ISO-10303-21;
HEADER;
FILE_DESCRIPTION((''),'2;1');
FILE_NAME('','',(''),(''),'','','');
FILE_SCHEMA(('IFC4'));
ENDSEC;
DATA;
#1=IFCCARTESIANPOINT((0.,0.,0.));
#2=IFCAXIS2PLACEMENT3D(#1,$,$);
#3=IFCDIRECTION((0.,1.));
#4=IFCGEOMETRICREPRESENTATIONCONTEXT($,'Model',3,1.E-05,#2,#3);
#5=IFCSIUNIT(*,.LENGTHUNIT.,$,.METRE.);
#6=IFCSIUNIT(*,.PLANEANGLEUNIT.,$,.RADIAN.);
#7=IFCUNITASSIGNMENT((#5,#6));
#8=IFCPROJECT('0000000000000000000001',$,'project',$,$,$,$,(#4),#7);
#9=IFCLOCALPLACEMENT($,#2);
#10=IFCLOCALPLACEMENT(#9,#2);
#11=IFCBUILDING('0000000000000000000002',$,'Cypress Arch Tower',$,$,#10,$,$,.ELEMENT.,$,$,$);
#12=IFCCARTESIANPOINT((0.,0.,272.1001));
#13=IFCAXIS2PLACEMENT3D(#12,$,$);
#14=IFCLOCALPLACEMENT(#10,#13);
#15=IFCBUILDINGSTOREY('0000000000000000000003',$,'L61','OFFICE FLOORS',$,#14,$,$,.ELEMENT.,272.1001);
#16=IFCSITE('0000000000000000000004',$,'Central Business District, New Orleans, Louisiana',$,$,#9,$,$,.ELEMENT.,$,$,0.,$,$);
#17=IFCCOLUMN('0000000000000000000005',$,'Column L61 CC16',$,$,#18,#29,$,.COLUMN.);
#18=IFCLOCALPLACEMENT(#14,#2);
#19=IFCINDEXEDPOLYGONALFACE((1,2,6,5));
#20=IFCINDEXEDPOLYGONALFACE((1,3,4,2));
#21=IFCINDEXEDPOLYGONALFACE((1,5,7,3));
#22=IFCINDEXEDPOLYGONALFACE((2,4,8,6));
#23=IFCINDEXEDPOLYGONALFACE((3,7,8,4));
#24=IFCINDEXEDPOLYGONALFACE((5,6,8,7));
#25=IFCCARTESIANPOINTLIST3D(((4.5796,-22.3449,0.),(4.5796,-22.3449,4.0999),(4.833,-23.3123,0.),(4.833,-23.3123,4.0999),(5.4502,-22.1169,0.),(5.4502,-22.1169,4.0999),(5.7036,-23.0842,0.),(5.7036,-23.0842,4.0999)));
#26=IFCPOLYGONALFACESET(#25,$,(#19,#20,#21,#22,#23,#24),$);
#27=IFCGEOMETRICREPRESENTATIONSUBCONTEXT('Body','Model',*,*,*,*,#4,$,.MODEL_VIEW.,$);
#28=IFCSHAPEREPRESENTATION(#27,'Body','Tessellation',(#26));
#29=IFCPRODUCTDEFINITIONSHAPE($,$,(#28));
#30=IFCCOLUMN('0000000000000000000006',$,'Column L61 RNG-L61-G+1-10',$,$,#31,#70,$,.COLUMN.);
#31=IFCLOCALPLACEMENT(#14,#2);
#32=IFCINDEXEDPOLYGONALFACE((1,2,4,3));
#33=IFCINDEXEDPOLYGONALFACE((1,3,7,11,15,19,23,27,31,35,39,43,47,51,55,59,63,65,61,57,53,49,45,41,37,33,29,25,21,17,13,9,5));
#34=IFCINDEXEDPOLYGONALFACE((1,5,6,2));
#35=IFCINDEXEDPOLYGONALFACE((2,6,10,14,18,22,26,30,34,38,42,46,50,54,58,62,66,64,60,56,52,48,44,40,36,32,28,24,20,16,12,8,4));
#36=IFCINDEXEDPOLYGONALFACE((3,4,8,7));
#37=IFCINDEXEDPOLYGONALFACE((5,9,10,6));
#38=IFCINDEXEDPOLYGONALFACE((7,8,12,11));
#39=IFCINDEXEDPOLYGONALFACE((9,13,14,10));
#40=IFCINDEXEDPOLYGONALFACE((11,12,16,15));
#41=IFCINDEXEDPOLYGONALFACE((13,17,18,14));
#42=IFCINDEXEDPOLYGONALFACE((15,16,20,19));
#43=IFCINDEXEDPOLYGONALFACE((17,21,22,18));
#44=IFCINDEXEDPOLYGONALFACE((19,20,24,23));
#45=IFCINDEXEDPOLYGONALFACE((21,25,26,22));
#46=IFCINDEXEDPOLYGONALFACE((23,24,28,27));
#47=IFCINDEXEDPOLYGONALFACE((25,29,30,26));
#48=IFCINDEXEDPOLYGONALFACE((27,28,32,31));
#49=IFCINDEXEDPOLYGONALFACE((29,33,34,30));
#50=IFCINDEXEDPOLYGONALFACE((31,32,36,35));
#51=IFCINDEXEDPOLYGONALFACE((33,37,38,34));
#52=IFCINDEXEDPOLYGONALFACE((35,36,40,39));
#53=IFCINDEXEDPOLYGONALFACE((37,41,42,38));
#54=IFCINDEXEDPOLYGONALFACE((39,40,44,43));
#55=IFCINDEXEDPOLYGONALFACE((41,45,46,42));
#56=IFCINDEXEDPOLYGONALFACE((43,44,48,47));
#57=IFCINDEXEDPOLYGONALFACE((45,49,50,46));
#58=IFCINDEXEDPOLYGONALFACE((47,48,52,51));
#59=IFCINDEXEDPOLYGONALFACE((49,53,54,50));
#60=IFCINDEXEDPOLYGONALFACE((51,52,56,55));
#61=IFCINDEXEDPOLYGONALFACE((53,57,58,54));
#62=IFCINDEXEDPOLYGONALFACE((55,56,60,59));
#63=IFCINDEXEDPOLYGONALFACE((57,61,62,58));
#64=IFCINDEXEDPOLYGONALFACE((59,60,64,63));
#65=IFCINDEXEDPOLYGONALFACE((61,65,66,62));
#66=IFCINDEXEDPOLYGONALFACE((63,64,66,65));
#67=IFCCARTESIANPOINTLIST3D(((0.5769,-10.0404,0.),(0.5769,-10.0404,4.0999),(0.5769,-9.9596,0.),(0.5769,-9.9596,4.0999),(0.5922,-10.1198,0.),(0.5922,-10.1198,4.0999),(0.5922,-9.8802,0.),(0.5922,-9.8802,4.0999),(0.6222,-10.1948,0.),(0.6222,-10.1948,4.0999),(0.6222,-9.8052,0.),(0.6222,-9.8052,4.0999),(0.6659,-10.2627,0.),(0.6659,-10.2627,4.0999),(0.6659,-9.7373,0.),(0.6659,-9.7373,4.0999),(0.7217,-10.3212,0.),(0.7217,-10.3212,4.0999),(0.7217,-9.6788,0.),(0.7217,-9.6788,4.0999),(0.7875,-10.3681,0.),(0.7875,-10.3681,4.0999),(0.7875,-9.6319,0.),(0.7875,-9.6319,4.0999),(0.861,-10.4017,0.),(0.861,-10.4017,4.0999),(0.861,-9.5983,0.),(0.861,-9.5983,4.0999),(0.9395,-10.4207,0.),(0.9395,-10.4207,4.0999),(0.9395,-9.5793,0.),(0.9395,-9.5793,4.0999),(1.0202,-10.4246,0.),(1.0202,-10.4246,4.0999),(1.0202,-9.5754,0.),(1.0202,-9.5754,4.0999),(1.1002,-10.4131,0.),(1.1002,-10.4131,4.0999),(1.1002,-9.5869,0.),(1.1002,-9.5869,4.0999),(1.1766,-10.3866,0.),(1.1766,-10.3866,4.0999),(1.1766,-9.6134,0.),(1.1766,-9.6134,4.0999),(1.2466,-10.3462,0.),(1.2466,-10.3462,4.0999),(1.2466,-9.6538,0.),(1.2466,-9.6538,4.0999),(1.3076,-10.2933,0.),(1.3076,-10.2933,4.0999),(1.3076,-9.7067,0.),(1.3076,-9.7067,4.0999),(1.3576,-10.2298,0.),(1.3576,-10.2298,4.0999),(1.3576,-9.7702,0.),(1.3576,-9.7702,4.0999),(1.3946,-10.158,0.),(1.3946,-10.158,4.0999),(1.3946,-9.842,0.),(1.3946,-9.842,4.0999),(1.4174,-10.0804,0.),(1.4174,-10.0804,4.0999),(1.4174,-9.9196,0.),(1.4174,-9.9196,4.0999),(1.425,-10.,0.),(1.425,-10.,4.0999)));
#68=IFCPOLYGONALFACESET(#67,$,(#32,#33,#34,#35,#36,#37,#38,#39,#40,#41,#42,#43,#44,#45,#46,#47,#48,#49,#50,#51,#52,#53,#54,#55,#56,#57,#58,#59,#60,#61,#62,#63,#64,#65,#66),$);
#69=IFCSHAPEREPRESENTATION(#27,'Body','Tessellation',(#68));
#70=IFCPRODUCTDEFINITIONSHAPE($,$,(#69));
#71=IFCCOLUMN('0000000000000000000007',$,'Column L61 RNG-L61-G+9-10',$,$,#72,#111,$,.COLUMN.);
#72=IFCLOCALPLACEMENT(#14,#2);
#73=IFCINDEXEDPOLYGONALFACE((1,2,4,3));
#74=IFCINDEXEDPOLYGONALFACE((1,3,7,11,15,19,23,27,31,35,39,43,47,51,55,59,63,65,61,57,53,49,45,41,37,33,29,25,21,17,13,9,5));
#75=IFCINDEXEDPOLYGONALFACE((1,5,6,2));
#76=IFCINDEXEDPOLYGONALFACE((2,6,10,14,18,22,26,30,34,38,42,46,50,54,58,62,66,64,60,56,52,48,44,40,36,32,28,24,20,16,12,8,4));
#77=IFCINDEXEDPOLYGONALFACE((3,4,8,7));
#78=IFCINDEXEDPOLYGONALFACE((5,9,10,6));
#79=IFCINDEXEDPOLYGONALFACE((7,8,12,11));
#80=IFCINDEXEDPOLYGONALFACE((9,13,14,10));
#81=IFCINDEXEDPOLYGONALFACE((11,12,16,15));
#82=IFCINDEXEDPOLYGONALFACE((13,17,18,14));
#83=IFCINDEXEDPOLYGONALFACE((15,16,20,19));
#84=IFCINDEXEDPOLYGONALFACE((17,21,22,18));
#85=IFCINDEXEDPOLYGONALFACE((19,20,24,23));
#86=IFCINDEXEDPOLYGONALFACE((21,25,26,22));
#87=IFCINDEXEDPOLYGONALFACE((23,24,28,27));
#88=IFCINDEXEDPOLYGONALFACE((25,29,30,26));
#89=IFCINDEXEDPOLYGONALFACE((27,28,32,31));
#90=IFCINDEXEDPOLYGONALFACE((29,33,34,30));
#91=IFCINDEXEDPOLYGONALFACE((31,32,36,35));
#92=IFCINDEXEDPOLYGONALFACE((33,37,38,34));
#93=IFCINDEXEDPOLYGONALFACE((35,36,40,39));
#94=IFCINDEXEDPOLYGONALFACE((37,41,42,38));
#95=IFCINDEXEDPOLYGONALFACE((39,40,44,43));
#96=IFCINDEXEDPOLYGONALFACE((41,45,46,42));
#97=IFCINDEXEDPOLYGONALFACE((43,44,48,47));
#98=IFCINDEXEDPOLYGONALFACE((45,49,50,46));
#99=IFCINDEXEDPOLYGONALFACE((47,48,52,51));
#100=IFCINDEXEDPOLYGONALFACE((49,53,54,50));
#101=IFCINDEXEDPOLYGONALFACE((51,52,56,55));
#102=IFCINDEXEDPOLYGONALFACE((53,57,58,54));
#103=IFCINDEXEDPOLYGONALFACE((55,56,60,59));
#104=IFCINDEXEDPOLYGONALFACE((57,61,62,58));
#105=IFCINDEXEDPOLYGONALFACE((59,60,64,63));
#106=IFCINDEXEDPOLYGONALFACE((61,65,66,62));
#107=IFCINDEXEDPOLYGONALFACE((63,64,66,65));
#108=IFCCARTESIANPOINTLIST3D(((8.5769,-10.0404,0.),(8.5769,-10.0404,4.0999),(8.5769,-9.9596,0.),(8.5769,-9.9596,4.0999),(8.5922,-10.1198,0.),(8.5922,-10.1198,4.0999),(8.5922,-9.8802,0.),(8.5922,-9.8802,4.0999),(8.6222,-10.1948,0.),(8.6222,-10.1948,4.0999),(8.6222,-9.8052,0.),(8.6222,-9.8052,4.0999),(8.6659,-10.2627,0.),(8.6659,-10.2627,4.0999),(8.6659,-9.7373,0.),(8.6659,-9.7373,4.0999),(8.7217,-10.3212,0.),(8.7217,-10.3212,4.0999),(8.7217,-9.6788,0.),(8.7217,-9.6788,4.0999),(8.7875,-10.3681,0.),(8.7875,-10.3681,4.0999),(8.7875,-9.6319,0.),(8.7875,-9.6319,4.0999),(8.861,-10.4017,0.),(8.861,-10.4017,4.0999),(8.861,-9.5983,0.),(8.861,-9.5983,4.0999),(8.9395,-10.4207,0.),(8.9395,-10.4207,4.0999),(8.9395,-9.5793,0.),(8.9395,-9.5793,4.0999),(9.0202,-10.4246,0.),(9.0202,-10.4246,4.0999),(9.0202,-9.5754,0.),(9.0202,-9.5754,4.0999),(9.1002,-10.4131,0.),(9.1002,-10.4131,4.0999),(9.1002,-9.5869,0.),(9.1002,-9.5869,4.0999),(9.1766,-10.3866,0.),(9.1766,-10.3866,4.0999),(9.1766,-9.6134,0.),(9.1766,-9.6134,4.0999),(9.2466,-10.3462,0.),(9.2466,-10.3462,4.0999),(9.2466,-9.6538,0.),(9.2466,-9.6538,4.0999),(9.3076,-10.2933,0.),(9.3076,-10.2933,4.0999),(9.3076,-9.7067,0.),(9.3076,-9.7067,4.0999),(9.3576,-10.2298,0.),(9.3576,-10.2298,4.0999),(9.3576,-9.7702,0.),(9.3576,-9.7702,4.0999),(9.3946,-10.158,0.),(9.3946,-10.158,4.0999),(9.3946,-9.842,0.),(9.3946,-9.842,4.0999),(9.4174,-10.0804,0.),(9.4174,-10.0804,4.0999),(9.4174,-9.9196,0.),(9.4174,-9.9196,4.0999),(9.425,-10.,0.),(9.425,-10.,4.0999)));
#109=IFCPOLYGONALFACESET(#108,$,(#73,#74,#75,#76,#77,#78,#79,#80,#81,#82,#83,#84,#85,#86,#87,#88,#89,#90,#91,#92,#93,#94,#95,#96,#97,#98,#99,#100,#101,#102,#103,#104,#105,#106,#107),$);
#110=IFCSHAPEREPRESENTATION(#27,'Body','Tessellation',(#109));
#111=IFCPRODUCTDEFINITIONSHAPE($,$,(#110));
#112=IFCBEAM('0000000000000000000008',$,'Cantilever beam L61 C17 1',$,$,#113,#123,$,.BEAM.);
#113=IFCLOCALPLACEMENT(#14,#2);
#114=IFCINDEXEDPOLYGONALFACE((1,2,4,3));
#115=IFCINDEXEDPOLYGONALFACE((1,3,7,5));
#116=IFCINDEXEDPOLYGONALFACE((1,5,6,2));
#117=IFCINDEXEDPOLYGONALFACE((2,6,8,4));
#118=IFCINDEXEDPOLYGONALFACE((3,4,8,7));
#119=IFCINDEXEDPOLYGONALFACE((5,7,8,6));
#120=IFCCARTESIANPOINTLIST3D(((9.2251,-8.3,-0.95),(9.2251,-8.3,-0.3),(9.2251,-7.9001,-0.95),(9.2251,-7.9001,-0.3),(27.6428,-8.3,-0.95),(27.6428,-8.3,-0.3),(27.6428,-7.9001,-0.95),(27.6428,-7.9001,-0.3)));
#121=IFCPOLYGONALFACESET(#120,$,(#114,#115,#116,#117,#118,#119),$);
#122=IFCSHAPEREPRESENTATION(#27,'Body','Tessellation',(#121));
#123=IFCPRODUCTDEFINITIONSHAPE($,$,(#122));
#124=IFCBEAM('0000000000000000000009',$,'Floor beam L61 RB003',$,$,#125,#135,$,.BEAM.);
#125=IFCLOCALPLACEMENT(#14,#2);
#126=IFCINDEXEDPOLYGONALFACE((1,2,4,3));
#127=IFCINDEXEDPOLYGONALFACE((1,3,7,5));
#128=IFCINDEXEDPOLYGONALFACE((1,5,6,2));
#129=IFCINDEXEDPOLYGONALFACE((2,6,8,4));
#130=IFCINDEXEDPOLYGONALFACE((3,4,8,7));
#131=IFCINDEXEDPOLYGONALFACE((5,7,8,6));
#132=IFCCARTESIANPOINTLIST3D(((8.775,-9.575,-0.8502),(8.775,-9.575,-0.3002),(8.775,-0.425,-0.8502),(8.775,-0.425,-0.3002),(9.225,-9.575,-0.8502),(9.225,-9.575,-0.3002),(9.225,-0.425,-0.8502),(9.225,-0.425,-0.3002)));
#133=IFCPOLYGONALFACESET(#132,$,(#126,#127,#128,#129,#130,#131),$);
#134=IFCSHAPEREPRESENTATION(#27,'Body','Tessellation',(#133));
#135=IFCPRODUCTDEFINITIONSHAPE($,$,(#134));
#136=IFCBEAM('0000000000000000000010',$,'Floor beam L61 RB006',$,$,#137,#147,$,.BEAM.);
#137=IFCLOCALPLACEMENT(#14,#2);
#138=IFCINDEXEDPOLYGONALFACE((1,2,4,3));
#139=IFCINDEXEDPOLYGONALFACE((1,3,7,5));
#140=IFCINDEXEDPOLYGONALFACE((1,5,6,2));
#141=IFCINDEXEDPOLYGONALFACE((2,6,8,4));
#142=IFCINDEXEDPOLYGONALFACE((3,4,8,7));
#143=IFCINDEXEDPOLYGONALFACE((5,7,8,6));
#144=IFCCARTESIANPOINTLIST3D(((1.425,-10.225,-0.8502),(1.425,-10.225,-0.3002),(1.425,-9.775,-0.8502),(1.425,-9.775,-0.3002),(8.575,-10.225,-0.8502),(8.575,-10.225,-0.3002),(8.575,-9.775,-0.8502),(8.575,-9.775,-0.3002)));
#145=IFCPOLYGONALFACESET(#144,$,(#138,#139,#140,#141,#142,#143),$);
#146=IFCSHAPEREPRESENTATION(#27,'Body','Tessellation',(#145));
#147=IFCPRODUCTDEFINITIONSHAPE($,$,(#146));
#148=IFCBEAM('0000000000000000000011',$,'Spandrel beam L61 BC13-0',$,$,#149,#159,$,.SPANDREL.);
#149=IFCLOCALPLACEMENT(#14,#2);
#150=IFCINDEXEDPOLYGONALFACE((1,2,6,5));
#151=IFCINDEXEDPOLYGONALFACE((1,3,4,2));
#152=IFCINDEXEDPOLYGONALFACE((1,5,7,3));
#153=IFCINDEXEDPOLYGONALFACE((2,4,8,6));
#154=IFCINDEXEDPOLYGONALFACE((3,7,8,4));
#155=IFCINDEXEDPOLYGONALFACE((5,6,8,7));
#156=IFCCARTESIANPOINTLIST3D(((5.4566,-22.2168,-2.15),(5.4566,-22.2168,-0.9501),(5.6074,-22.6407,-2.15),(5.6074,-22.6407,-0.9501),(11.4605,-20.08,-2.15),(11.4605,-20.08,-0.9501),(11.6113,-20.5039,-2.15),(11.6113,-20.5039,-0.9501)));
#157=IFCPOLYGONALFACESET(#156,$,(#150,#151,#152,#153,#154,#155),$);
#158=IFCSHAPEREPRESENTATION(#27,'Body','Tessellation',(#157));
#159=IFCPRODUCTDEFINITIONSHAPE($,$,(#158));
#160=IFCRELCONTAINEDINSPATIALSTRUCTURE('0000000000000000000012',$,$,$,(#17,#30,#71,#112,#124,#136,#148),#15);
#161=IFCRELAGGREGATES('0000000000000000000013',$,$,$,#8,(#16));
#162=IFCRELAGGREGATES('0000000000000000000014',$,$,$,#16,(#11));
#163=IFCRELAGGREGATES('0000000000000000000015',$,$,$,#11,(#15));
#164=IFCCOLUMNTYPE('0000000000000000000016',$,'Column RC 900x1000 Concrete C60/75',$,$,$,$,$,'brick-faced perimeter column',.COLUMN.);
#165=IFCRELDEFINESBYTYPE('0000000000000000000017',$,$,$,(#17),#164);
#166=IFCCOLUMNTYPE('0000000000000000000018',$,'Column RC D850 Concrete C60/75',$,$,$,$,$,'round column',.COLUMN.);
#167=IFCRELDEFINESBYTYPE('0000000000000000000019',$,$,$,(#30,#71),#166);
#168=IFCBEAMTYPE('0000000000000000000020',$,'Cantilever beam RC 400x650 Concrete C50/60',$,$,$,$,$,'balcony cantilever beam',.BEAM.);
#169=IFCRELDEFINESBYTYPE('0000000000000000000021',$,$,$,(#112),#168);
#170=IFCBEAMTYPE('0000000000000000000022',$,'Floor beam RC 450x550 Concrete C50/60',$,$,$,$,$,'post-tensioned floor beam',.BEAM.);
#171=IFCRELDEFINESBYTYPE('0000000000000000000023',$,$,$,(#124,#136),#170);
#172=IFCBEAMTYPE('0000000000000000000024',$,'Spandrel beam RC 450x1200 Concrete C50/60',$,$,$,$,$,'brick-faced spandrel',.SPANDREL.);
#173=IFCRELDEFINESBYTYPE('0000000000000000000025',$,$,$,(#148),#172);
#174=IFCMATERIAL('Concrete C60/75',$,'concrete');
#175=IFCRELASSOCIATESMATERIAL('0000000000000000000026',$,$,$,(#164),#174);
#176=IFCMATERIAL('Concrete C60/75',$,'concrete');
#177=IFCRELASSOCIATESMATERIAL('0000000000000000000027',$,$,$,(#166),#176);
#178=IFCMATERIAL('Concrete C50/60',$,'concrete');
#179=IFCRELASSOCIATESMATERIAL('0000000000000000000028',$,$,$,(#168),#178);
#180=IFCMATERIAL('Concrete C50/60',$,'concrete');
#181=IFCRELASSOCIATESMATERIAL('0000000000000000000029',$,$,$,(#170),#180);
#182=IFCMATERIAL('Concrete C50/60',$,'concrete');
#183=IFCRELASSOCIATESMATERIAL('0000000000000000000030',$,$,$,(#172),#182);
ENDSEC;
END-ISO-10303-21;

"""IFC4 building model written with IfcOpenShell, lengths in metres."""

from ifc_helpers import new_model, si_unit, direction, frame, origin, origin_2d, place, context, subcontext, project, spatial, rectangle, circle, extrude, material, material_profile, profile_set, type_object, element, save


model = new_model("IFC4")

# Units and contexts
model_context = context("Model", 3, precision=1e-05, world=origin(), true_north=direction((0.0, 1.0)))
body_context = subcontext(model_context, "Body", "Model", "MODEL_VIEW")
ifc_project = project(units=[si_unit("LENGTHUNIT", "METRE"), si_unit("PLANEANGLEUNIT", "RADIAN")], contexts=[model_context])

# Site, building, storey
site_placement = place(None, origin())
site = spatial("IfcSite", under=ifc_project, at=site_placement, Name="Central Business District, New Orleans, Louisiana", CompositionType="ELEMENT", RefElevation=0.0)
building_placement = place(site_placement, origin())
building = spatial("IfcBuilding", under=site, at=building_placement, Name="Cypress Arch Tower", CompositionType="ELEMENT")
storey_placement = place(building_placement, frame((0.0, 0.0, 272.1001)))
storey = spatial("IfcBuildingStorey", under=building, at=storey_placement, Name="L61", Description="OFFICE FLOORS", CompositionType="ELEMENT", Elevation=272.1001)

# Columns
ifc_material_1 = material(Name="Concrete C60/75", Category="concrete")
ifc_material_profile_1 = material_profile(ifc_material_1, rectangle(XDim=0.8999, YDim=1.0, at=origin_2d()), Name="RC 900x1000")
ifc_profile_set_1 = profile_set([ifc_material_profile_1], Name="Concrete C60/75")
column_type_1 = type_object("IfcColumnType", Name="Column RC 900x1000 Concrete C60/75", ElementType="brick-faced perimeter column", PredefinedType="COLUMN", material=ifc_profile_set_1)
column_placement = place(storey_placement, frame((5.1416, -22.7146, 0.0), z_axis=(0.0, 0.0, 1.0), x_axis=(0.967356, 0.253422, 0.0)))
element("IfcColumn", 1, at=column_placement, inside=storey, type_object=column_type_1, Name="Column L61 CC16", PredefinedType="COLUMN", context=body_context, shape_type="SweptSolid", body=[
    extrude(rectangle(XDim=0.8999, YDim=1.0, at=origin_2d()), origin(), (0.0, 0.0, 1.0), 4.0999),
])
ifc_material_2 = material(Name="Concrete C60/75", Category="concrete")
ifc_material_profile_2 = material_profile(ifc_material_2, circle(Radius=0.425, at=origin_2d()), Name="RC D850")
ifc_profile_set_2 = profile_set([ifc_material_profile_2], Name="Concrete C60/75")
column_type_2 = type_object("IfcColumnType", Name="Column RC D850 Concrete C60/75", ElementType="round column", PredefinedType="COLUMN", material=ifc_profile_set_2)
for number, where, z_axis, x_axis, name in (
    (2, (1.0, -10.0, 0.0), (0.0, 0.0, 1.0), (1.0, 0.0, 0.0), "Column L61 RNG-L61-G+1-10"),
    (3, (9.0, -10.0, 0.0), (0.0, 0.0, 1.0), (1.0, 0.0, 0.0), "Column L61 RNG-L61-G+9-10"),
):
    element("IfcColumn", number, at=place(storey_placement, frame(where, z_axis=z_axis, x_axis=x_axis)), inside=storey, type_object=column_type_2, Name=name, PredefinedType="COLUMN", context=body_context, shape_type="SweptSolid", body=[
        extrude(circle(Radius=0.425, at=origin_2d()), origin(), (0.0, 0.0, 1.0), 4.0999),
    ])

# Beams
ifc_material_3 = material(Name="Concrete C50/60", Category="concrete")
ifc_material_profile_3 = material_profile(ifc_material_3, rectangle(XDim=0.3999, YDim=0.6499, at=origin_2d()), Name="RC 400x650")
ifc_profile_set_3 = profile_set([ifc_material_profile_3], Name="Concrete C50/60")
beam_type_1 = type_object("IfcBeamType", Name="Cantilever beam RC 400x650 Concrete C50/60", ElementType="balcony cantilever beam", PredefinedType="BEAM", material=ifc_profile_set_3)
beam_1_placement = place(storey_placement, frame((9.2251, -8.1001, -0.625), z_axis=(1.0, 0.0, 0.0), x_axis=(0.0, 1.0, 0.0)))
element("IfcBeam", 4, at=beam_1_placement, inside=storey, type_object=beam_type_1, Name="Cantilever beam L61 C17 1", PredefinedType="BEAM", context=body_context, shape_type="SweptSolid", body=[
    extrude(rectangle(XDim=0.3999, YDim=0.6499, at=origin_2d()), origin(), (0.0, 0.0, 1.0), 18.4177),
])
ifc_material_4 = material(Name="Concrete C50/60", Category="concrete")
ifc_material_profile_4 = material_profile(ifc_material_4, rectangle(XDim=0.45, YDim=0.55, at=origin_2d()), Name="RC 450x550")
ifc_profile_set_4 = profile_set([ifc_material_profile_4], Name="Concrete C50/60")
beam_type_2 = type_object("IfcBeamType", Name="Floor beam RC 450x550 Concrete C50/60", ElementType="post-tensioned floor beam", PredefinedType="BEAM", material=ifc_profile_set_4)
beam_2_placement = place(storey_placement, frame((9.0, -9.575, -0.5752), z_axis=(0.0, 1.0, 0.0), x_axis=(-1.0, 0.0, 0.0)))
element("IfcBeam", 5, at=beam_2_placement, inside=storey, type_object=beam_type_2, Name="Floor beam L61 RB003", PredefinedType="BEAM", context=body_context, shape_type="SweptSolid", body=[
    extrude(rectangle(XDim=0.45, YDim=0.55, at=origin_2d()), origin(), (0.0, 0.0, 1.0), 9.1499),
])
beam_3_placement = place(storey_placement, frame((1.425, -10.0, -0.5752), z_axis=(1.0, 0.0, 0.0), x_axis=(0.0, 1.0, 0.0)))
element("IfcBeam", 6, at=beam_3_placement, inside=storey, type_object=beam_type_2, Name="Floor beam L61 RB006", PredefinedType="BEAM", context=body_context, shape_type="SweptSolid", body=[
    extrude(rectangle(XDim=0.45, YDim=0.55, at=origin_2d()), origin(), (0.0, 0.0, 1.0), 7.1499),
])
ifc_material_5 = material(Name="Concrete C50/60", Category="concrete")
ifc_material_profile_5 = material_profile(ifc_material_5, rectangle(XDim=0.45, YDim=1.2, at=origin_2d()), Name="RC 450x1200")
ifc_profile_set_5 = profile_set([ifc_material_profile_5], Name="Concrete C50/60")
beam_type_3 = type_object("IfcBeamType", Name="Spandrel beam RC 450x1200 Concrete C50/60", ElementType="brick-faced spandrel", PredefinedType="SPANDREL", material=ifc_profile_set_5)
beam_4_placement = place(storey_placement, frame((5.532, -22.4287, -1.55), z_axis=(0.942116, 0.335288, 0.0), x_axis=(-0.335288, 0.942116, 0.0)))
element("IfcBeam", 7, at=beam_4_placement, inside=storey, type_object=beam_type_3, Name="Spandrel beam L61 BC13-0", PredefinedType="SPANDREL", context=body_context, shape_type="SweptSolid", body=[
    extrude(rectangle(XDim=0.45, YDim=1.2, at=origin_2d()), origin(), (0.0, 0.0, 1.0), 6.3728),
])

save(model, "model.ifc")
